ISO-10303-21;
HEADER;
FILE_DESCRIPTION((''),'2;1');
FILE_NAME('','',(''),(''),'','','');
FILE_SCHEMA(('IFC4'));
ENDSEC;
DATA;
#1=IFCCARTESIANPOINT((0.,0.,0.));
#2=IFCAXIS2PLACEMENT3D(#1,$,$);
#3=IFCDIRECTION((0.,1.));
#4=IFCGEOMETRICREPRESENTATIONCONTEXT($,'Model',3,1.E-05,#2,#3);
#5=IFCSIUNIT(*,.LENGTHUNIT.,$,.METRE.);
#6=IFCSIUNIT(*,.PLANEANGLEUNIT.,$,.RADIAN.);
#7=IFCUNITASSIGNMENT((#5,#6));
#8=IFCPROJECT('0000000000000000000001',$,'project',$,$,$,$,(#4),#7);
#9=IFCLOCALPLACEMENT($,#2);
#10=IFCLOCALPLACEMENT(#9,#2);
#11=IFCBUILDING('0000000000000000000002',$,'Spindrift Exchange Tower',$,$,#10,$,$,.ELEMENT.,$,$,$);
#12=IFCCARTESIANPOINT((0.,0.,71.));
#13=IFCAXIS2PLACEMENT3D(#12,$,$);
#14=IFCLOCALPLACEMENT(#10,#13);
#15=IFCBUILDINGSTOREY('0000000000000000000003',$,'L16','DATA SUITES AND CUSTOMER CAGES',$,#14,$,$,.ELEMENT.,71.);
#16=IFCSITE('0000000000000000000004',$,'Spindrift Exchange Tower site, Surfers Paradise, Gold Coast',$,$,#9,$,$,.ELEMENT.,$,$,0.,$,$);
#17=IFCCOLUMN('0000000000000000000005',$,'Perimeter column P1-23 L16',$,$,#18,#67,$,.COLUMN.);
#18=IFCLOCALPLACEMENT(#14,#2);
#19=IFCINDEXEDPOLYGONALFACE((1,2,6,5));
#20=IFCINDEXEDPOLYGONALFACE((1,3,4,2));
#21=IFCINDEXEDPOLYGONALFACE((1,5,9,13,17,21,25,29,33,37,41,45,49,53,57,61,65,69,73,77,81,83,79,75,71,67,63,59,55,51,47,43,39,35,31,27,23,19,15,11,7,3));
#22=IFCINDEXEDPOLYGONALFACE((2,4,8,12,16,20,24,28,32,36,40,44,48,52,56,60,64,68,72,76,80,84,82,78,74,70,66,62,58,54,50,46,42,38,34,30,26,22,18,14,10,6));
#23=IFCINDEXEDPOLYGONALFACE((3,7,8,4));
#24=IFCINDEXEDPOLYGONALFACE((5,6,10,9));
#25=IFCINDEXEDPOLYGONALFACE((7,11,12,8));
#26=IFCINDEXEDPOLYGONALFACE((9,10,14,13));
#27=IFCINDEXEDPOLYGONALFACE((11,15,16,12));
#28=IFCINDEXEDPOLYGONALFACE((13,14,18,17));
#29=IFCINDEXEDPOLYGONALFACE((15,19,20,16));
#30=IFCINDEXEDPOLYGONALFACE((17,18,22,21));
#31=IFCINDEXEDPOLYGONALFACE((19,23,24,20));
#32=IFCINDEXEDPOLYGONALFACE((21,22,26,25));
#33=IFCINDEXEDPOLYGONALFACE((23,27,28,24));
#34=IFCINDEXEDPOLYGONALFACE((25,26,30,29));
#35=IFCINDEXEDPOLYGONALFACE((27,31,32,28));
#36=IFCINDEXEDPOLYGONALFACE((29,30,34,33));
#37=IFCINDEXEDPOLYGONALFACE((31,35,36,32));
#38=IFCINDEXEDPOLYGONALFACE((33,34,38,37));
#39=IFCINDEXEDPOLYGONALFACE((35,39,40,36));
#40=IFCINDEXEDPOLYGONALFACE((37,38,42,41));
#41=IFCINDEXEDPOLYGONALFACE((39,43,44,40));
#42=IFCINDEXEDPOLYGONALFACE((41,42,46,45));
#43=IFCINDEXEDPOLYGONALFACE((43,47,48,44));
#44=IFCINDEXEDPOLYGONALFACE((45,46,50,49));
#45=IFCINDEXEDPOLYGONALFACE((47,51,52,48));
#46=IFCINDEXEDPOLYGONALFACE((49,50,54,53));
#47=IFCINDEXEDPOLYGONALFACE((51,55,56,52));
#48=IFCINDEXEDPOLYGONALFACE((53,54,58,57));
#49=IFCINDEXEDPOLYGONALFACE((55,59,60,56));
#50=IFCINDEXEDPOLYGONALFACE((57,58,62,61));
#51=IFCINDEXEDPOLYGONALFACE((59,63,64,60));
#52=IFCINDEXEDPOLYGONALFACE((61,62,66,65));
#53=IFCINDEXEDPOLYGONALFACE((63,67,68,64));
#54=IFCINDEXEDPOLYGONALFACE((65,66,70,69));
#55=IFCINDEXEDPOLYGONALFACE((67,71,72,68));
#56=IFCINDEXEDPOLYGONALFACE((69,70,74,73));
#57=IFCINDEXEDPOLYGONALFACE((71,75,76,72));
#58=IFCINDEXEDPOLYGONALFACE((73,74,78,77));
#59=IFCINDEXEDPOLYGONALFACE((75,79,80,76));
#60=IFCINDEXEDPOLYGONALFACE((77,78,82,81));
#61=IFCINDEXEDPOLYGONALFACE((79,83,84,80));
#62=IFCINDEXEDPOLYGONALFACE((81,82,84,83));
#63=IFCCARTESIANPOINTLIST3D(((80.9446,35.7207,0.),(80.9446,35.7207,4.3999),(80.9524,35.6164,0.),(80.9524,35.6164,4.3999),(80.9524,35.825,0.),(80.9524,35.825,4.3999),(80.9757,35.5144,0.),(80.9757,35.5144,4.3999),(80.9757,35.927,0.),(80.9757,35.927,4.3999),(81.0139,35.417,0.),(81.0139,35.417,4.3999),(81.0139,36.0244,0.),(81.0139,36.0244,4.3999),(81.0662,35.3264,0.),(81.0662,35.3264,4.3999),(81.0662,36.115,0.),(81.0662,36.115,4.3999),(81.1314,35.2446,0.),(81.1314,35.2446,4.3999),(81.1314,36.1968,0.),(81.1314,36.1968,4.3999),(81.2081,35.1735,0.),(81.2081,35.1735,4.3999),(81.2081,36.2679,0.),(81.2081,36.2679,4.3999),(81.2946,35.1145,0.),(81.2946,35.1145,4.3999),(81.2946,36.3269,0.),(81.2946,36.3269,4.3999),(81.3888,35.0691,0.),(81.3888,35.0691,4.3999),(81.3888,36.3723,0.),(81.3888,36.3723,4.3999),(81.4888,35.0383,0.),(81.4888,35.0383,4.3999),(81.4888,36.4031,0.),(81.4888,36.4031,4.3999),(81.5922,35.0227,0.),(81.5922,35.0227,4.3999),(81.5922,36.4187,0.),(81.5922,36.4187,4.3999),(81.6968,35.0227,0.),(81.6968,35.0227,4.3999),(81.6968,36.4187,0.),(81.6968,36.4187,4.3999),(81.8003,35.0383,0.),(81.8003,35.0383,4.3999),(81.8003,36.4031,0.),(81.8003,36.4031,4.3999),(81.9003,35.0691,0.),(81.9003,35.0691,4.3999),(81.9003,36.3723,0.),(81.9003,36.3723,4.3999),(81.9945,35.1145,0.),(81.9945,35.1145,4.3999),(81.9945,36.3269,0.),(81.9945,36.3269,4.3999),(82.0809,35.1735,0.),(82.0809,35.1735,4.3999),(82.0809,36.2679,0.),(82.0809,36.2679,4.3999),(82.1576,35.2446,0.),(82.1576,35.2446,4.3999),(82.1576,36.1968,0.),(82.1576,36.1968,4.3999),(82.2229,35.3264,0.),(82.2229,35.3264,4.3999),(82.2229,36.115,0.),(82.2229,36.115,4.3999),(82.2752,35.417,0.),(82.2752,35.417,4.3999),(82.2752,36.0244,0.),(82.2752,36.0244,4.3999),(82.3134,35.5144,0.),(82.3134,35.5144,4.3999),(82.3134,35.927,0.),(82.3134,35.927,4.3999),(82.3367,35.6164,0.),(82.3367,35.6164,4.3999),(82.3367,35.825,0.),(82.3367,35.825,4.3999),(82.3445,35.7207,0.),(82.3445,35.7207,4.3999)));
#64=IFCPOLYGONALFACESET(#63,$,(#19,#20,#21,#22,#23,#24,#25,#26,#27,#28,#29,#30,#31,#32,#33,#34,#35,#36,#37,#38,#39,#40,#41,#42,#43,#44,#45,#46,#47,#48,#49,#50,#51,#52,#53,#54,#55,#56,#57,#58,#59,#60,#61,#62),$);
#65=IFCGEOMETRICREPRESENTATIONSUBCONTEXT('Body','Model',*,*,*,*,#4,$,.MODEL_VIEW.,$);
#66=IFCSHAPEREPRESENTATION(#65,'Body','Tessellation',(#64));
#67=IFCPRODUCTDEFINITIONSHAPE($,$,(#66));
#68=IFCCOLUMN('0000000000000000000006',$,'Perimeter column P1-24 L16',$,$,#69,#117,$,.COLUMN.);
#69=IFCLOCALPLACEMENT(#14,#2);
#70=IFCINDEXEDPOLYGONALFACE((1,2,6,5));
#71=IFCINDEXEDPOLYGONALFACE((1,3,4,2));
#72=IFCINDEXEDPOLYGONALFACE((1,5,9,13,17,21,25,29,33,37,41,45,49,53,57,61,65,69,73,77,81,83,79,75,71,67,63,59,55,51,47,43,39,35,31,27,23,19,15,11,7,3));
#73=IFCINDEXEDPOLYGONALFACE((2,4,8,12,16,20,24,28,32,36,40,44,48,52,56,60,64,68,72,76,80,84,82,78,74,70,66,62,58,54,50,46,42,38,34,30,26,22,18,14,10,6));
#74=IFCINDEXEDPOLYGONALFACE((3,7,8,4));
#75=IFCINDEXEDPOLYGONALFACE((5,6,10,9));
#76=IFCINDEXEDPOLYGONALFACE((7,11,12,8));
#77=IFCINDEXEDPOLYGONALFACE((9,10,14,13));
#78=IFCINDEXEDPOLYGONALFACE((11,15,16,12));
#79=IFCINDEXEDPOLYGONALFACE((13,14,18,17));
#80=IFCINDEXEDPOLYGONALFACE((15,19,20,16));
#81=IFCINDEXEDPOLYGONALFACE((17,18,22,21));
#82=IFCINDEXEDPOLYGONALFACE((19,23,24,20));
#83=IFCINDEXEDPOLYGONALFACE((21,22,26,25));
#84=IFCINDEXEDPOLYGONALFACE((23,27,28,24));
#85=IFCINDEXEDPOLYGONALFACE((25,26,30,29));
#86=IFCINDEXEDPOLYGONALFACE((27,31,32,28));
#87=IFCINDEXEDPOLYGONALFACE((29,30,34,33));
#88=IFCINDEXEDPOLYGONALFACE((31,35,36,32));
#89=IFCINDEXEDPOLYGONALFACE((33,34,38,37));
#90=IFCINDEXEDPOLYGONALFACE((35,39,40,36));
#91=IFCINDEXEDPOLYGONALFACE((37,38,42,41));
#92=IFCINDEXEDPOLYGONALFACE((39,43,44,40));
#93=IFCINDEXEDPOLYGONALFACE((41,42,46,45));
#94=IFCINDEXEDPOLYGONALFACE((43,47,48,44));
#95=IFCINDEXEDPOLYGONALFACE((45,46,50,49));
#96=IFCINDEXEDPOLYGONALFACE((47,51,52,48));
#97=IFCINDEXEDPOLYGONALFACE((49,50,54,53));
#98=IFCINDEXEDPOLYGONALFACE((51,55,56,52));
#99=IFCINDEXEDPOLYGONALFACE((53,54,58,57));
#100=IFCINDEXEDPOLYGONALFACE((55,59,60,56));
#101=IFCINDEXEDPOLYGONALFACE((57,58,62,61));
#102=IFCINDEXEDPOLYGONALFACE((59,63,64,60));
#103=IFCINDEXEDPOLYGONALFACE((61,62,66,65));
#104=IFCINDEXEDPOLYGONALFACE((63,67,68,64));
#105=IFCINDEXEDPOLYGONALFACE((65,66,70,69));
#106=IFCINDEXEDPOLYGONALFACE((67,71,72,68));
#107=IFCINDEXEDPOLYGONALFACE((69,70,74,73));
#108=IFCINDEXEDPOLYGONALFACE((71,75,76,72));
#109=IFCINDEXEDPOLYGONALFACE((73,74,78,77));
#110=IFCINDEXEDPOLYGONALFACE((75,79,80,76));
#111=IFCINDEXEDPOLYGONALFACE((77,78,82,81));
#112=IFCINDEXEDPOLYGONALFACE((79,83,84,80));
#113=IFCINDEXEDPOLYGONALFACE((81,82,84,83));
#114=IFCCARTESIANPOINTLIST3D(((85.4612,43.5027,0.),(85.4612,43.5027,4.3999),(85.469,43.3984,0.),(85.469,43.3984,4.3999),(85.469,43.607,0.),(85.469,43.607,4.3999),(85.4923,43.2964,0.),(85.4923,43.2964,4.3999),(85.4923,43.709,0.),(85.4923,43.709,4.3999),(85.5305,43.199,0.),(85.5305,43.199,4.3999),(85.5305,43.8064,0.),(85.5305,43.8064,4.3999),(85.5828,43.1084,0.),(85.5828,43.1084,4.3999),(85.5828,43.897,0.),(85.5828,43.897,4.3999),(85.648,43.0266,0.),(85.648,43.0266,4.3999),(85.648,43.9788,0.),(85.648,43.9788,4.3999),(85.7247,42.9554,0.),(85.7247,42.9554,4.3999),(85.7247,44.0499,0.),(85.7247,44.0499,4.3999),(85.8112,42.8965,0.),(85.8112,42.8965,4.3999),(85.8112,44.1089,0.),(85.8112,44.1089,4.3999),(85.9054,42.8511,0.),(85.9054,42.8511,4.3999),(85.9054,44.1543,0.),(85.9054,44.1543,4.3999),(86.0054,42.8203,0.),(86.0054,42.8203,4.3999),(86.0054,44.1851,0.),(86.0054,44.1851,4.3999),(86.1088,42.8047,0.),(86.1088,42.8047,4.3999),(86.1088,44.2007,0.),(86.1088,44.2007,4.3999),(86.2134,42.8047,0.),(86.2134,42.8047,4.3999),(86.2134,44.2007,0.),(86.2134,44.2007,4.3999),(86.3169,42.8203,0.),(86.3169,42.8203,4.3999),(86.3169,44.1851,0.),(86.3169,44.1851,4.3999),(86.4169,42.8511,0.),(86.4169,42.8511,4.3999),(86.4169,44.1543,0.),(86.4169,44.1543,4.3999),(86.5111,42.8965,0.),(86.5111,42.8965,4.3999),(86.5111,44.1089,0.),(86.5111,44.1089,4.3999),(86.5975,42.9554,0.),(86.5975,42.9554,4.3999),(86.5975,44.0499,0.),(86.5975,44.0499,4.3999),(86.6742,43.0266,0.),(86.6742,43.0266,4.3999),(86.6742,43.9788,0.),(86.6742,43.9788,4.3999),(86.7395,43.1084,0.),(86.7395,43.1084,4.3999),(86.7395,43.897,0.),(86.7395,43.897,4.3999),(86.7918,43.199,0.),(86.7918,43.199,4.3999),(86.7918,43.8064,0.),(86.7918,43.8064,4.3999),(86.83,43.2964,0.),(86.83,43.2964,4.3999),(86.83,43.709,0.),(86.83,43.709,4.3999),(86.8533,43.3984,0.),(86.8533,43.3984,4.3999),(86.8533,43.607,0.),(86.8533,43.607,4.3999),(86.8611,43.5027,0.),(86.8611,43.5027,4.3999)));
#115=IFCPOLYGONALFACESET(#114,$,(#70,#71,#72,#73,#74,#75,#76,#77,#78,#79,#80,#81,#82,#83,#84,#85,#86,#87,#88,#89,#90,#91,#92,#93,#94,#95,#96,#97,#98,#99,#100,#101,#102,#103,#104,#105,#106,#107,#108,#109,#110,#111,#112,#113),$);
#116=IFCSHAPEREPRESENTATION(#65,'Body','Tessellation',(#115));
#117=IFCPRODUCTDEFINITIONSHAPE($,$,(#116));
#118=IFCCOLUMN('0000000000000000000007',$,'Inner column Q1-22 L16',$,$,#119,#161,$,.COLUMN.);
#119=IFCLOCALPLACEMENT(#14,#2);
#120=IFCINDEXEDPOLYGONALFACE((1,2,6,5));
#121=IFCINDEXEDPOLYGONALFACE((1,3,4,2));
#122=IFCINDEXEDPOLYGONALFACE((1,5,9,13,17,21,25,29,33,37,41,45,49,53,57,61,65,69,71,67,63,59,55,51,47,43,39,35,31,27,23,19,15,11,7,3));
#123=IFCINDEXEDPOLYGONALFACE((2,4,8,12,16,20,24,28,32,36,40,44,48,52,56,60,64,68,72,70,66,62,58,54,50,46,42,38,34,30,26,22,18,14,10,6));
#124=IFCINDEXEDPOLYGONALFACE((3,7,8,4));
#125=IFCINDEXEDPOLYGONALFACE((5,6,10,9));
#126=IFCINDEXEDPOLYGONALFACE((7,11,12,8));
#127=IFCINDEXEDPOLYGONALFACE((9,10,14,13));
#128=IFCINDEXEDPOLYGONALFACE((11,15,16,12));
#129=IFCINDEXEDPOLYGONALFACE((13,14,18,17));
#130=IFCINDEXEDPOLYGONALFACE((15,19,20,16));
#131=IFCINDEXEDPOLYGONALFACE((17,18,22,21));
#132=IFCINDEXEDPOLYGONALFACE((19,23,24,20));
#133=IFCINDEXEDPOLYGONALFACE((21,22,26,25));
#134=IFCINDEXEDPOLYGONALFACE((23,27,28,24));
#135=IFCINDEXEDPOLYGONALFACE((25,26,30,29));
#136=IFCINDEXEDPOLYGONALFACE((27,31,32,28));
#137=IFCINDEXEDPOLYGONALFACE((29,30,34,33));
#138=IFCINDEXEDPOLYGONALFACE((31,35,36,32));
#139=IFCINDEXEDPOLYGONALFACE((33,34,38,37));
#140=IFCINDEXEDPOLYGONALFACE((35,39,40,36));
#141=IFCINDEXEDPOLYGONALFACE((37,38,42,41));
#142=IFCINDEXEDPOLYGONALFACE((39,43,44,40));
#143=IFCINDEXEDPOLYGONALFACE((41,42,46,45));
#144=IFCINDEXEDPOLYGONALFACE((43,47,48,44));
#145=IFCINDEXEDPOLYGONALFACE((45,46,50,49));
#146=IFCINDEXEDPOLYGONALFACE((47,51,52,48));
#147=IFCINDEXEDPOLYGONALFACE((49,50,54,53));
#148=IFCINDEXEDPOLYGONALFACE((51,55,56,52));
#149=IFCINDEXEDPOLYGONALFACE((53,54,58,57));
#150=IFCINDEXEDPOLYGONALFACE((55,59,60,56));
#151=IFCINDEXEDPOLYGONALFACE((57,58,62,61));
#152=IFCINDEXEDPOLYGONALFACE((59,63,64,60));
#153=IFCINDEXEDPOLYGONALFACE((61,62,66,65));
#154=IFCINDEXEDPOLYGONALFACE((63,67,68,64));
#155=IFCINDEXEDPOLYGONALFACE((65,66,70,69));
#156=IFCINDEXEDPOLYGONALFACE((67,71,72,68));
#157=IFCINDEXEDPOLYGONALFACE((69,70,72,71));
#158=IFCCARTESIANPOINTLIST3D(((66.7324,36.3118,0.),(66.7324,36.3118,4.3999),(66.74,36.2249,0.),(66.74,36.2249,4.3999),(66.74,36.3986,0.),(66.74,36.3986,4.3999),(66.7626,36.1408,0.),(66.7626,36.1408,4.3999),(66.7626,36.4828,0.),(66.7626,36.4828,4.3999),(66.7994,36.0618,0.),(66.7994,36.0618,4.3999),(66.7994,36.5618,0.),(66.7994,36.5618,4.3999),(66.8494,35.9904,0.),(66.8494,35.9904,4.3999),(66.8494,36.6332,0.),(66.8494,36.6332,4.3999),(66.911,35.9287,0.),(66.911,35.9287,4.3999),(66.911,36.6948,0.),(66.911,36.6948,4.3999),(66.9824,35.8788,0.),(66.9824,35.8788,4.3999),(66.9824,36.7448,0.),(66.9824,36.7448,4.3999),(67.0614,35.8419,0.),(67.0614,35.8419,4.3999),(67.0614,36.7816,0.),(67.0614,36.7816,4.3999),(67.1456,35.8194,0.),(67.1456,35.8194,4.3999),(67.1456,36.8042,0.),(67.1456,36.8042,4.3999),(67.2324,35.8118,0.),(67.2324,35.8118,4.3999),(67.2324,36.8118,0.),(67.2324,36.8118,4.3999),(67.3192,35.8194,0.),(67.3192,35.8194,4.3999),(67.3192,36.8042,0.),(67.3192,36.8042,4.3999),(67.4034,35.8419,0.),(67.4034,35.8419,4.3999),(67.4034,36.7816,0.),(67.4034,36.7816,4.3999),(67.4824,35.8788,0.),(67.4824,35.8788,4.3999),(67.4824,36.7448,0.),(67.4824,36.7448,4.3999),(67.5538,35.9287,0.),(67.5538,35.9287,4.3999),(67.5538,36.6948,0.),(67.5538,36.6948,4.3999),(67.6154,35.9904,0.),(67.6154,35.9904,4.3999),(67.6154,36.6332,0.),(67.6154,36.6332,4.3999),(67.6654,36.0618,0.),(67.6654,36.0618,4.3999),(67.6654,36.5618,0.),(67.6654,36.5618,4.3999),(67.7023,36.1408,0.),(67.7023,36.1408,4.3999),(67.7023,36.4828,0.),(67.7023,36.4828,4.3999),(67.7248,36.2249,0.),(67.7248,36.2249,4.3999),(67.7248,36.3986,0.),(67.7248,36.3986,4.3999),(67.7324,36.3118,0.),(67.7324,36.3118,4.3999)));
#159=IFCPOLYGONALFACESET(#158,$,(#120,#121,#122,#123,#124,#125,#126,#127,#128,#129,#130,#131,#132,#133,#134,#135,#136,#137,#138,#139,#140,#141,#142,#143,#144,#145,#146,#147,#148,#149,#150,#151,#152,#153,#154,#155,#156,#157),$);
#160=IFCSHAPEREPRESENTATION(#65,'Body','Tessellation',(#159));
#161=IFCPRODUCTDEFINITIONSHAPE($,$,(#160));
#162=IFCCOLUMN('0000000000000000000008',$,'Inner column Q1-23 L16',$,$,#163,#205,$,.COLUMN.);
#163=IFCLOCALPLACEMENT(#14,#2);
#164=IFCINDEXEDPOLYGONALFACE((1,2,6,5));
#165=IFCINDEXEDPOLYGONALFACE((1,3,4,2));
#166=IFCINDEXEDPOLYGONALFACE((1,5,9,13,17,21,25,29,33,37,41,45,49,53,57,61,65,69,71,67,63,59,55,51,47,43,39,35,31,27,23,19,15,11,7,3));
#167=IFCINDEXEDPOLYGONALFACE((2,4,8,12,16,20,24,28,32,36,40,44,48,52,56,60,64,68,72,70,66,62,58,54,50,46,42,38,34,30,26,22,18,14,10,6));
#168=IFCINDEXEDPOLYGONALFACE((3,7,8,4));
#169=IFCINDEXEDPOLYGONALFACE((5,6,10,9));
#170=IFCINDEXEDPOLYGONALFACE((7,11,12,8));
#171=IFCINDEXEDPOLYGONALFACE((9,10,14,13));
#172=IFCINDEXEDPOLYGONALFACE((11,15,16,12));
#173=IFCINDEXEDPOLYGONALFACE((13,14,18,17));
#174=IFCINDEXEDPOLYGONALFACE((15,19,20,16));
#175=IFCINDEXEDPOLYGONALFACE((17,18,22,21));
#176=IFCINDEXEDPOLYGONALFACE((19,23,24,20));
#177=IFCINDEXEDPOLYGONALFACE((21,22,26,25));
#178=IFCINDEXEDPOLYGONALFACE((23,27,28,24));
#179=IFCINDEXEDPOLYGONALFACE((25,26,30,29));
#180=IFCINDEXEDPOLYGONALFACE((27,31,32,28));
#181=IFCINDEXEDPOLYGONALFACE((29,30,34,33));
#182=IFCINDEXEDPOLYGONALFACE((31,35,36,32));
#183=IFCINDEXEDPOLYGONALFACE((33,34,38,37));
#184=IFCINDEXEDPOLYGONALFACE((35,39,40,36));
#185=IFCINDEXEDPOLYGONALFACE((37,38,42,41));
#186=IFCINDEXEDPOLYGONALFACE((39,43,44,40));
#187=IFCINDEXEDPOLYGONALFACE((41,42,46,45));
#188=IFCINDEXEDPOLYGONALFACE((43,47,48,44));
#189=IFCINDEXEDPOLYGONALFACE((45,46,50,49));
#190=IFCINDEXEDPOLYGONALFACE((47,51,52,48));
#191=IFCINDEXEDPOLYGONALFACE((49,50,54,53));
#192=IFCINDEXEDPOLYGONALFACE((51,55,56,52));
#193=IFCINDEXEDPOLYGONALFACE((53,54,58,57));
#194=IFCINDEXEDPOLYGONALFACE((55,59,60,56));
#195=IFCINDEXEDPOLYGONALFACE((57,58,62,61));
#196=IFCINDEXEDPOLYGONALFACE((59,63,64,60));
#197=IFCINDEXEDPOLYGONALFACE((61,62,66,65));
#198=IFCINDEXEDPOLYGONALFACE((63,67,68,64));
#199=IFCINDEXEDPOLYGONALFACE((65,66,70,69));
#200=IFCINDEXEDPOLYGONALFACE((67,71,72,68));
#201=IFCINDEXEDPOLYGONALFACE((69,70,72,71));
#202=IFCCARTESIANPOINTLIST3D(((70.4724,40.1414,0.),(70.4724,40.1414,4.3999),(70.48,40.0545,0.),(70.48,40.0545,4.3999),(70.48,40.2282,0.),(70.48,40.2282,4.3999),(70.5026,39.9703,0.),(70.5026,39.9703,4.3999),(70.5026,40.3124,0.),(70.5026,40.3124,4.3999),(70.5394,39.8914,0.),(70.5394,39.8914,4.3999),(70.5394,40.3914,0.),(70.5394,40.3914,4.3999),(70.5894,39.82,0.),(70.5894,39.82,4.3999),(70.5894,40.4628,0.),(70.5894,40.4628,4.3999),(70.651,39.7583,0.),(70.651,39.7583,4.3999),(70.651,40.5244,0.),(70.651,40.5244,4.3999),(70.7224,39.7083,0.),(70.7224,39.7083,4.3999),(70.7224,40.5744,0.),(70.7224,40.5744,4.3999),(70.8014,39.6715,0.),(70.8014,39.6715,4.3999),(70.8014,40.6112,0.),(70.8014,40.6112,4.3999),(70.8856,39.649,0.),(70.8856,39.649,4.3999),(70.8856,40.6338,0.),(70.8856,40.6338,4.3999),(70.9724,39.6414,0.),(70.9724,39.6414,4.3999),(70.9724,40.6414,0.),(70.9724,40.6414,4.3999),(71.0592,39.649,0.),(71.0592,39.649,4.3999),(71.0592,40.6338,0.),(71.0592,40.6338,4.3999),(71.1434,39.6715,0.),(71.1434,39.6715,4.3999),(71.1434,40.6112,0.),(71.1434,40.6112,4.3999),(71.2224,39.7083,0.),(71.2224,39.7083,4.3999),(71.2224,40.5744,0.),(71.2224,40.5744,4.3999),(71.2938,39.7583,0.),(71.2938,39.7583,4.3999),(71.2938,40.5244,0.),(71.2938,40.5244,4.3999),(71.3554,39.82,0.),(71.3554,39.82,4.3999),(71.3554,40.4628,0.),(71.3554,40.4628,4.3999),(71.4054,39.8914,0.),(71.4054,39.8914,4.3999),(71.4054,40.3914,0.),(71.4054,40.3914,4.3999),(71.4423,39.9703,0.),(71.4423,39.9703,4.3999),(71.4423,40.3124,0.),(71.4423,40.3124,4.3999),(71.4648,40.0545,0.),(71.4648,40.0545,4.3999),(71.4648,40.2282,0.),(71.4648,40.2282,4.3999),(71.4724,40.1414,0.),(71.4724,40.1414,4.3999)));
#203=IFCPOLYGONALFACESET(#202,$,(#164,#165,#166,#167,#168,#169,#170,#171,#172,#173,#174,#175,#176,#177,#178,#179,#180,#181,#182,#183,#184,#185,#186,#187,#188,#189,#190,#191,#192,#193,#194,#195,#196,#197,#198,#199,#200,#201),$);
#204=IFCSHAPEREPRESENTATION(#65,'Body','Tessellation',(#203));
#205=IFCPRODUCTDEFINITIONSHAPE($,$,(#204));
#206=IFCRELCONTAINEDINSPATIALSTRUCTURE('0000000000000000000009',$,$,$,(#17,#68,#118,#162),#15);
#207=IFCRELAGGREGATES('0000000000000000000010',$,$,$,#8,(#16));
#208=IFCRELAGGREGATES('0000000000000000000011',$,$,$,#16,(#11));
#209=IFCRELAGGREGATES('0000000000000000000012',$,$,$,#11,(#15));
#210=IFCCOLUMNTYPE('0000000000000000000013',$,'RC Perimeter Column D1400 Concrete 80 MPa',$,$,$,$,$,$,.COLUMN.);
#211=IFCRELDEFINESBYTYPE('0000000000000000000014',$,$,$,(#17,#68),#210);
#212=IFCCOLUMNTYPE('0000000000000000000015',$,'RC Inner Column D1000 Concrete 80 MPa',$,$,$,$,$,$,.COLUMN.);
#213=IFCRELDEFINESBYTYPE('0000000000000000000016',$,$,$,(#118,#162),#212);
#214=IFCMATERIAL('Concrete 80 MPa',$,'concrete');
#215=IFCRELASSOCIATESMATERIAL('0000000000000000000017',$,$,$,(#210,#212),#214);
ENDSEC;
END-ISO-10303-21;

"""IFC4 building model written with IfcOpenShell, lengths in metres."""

from ifc_helpers import new_model, si_unit, direction, frame, origin, origin_2d, place, context, subcontext, project, spatial, circle, extrude, source, transform, mapped, material, material_profile, profile_set, type_object, element, save


model = new_model("IFC4")

# Units and contexts
model_context = context("Model", 3, precision=1e-05, world=origin(), true_north=direction((0.0, 1.0)))
body_context = subcontext(model_context, "Body", "Model", "MODEL_VIEW")
ifc_project = project(units=[si_unit("LENGTHUNIT", "METRE"), si_unit("PLANEANGLEUNIT", "RADIAN")], contexts=[model_context])

# Site, building, storey
site_placement = place(None, origin())
site = spatial("IfcSite", under=ifc_project, at=site_placement, Name="Spindrift Exchange Tower site, Surfers Paradise, Gold Coast", CompositionType="ELEMENT", RefElevation=0.0)
building_placement = place(site_placement, origin())
building = spatial("IfcBuilding", under=site, at=building_placement, Name="Spindrift Exchange Tower", CompositionType="ELEMENT")
storey_placement = place(building_placement, frame((0.0, 0.0, 71.0)))
storey = spatial("IfcBuildingStorey", under=building, at=storey_placement, Name="L16", Description="DATA SUITES AND CUSTOMER CAGES", CompositionType="ELEMENT", Elevation=71.0)

# Columns
ifc_material_1 = material(Name="Concrete 80 MPa", Category="concrete")
ifc_material_profile_1 = material_profile(ifc_material_1, circle(Radius=0.7, at=origin_2d()), Name="RC D1400")
ifc_profile_set_1 = profile_set([ifc_material_profile_1], Name="Concrete 80 MPa")
column_type_1 = type_object("IfcColumnType", Name="RC Perimeter Column D1400 Concrete 80 MPa", PredefinedType="COLUMN", material=ifc_profile_set_1)
shared_shape_1 = source(origin(), body_context, "Body", "SweptSolid", [
    extrude(circle(Radius=0.7, at=origin_2d()), origin(), (0.0, 0.0, 1.0), 4.3999),
])
for number, where, z_axis, x_axis, name in (
    (1, (81.6445, 35.7207, 0.0), (0.0, 0.0, 1.0), (1.0, 0.0, 0.0), "Perimeter column P1-23 L16"),
    (2, (86.1611, 43.5027, 0.0), (0.0, 0.0, 1.0), (1.0, 0.0, 0.0), "Perimeter column P1-24 L16"),
):
    element("IfcColumn", number, at=place(storey_placement, frame(where, z_axis=z_axis, x_axis=x_axis)), inside=storey, type_object=column_type_1, Name=name, PredefinedType="COLUMN", context=body_context, shape_type="MappedRepresentation", body=[
        mapped(shared_shape_1, transform((0.0, 0.0, 0.0), scale=1.0)),
    ])
ifc_material_profile_2 = material_profile(ifc_material_1, circle(Radius=0.5, at=origin_2d()), Name="RC D1000")
ifc_profile_set_2 = profile_set([ifc_material_profile_2], Name="Concrete 80 MPa")
column_type_2 = type_object("IfcColumnType", Name="RC Inner Column D1000 Concrete 80 MPa", PredefinedType="COLUMN", material=ifc_profile_set_2)
shared_shape_2 = source(origin(), body_context, "Body", "SweptSolid", [
    extrude(circle(Radius=0.5, at=origin_2d()), origin(), (0.0, 0.0, 1.0), 4.3999),
])
for number, where, z_axis, x_axis, name in (
    (3, (67.2324, 36.3118, 0.0), (0.0, 0.0, 1.0), (1.0, 0.0, 0.0), "Inner column Q1-22 L16"),
    (4, (70.9724, 40.1414, 0.0), (0.0, 0.0, 1.0), (1.0, 0.0, 0.0), "Inner column Q1-23 L16"),
):
    element("IfcColumn", number, at=place(storey_placement, frame(where, z_axis=z_axis, x_axis=x_axis)), inside=storey, type_object=column_type_2, Name=name, PredefinedType="COLUMN", context=body_context, shape_type="MappedRepresentation", body=[
        mapped(shared_shape_2, transform((0.0, 0.0, 0.0), scale=1.0)),
    ])

save(model, "model.ifc")
